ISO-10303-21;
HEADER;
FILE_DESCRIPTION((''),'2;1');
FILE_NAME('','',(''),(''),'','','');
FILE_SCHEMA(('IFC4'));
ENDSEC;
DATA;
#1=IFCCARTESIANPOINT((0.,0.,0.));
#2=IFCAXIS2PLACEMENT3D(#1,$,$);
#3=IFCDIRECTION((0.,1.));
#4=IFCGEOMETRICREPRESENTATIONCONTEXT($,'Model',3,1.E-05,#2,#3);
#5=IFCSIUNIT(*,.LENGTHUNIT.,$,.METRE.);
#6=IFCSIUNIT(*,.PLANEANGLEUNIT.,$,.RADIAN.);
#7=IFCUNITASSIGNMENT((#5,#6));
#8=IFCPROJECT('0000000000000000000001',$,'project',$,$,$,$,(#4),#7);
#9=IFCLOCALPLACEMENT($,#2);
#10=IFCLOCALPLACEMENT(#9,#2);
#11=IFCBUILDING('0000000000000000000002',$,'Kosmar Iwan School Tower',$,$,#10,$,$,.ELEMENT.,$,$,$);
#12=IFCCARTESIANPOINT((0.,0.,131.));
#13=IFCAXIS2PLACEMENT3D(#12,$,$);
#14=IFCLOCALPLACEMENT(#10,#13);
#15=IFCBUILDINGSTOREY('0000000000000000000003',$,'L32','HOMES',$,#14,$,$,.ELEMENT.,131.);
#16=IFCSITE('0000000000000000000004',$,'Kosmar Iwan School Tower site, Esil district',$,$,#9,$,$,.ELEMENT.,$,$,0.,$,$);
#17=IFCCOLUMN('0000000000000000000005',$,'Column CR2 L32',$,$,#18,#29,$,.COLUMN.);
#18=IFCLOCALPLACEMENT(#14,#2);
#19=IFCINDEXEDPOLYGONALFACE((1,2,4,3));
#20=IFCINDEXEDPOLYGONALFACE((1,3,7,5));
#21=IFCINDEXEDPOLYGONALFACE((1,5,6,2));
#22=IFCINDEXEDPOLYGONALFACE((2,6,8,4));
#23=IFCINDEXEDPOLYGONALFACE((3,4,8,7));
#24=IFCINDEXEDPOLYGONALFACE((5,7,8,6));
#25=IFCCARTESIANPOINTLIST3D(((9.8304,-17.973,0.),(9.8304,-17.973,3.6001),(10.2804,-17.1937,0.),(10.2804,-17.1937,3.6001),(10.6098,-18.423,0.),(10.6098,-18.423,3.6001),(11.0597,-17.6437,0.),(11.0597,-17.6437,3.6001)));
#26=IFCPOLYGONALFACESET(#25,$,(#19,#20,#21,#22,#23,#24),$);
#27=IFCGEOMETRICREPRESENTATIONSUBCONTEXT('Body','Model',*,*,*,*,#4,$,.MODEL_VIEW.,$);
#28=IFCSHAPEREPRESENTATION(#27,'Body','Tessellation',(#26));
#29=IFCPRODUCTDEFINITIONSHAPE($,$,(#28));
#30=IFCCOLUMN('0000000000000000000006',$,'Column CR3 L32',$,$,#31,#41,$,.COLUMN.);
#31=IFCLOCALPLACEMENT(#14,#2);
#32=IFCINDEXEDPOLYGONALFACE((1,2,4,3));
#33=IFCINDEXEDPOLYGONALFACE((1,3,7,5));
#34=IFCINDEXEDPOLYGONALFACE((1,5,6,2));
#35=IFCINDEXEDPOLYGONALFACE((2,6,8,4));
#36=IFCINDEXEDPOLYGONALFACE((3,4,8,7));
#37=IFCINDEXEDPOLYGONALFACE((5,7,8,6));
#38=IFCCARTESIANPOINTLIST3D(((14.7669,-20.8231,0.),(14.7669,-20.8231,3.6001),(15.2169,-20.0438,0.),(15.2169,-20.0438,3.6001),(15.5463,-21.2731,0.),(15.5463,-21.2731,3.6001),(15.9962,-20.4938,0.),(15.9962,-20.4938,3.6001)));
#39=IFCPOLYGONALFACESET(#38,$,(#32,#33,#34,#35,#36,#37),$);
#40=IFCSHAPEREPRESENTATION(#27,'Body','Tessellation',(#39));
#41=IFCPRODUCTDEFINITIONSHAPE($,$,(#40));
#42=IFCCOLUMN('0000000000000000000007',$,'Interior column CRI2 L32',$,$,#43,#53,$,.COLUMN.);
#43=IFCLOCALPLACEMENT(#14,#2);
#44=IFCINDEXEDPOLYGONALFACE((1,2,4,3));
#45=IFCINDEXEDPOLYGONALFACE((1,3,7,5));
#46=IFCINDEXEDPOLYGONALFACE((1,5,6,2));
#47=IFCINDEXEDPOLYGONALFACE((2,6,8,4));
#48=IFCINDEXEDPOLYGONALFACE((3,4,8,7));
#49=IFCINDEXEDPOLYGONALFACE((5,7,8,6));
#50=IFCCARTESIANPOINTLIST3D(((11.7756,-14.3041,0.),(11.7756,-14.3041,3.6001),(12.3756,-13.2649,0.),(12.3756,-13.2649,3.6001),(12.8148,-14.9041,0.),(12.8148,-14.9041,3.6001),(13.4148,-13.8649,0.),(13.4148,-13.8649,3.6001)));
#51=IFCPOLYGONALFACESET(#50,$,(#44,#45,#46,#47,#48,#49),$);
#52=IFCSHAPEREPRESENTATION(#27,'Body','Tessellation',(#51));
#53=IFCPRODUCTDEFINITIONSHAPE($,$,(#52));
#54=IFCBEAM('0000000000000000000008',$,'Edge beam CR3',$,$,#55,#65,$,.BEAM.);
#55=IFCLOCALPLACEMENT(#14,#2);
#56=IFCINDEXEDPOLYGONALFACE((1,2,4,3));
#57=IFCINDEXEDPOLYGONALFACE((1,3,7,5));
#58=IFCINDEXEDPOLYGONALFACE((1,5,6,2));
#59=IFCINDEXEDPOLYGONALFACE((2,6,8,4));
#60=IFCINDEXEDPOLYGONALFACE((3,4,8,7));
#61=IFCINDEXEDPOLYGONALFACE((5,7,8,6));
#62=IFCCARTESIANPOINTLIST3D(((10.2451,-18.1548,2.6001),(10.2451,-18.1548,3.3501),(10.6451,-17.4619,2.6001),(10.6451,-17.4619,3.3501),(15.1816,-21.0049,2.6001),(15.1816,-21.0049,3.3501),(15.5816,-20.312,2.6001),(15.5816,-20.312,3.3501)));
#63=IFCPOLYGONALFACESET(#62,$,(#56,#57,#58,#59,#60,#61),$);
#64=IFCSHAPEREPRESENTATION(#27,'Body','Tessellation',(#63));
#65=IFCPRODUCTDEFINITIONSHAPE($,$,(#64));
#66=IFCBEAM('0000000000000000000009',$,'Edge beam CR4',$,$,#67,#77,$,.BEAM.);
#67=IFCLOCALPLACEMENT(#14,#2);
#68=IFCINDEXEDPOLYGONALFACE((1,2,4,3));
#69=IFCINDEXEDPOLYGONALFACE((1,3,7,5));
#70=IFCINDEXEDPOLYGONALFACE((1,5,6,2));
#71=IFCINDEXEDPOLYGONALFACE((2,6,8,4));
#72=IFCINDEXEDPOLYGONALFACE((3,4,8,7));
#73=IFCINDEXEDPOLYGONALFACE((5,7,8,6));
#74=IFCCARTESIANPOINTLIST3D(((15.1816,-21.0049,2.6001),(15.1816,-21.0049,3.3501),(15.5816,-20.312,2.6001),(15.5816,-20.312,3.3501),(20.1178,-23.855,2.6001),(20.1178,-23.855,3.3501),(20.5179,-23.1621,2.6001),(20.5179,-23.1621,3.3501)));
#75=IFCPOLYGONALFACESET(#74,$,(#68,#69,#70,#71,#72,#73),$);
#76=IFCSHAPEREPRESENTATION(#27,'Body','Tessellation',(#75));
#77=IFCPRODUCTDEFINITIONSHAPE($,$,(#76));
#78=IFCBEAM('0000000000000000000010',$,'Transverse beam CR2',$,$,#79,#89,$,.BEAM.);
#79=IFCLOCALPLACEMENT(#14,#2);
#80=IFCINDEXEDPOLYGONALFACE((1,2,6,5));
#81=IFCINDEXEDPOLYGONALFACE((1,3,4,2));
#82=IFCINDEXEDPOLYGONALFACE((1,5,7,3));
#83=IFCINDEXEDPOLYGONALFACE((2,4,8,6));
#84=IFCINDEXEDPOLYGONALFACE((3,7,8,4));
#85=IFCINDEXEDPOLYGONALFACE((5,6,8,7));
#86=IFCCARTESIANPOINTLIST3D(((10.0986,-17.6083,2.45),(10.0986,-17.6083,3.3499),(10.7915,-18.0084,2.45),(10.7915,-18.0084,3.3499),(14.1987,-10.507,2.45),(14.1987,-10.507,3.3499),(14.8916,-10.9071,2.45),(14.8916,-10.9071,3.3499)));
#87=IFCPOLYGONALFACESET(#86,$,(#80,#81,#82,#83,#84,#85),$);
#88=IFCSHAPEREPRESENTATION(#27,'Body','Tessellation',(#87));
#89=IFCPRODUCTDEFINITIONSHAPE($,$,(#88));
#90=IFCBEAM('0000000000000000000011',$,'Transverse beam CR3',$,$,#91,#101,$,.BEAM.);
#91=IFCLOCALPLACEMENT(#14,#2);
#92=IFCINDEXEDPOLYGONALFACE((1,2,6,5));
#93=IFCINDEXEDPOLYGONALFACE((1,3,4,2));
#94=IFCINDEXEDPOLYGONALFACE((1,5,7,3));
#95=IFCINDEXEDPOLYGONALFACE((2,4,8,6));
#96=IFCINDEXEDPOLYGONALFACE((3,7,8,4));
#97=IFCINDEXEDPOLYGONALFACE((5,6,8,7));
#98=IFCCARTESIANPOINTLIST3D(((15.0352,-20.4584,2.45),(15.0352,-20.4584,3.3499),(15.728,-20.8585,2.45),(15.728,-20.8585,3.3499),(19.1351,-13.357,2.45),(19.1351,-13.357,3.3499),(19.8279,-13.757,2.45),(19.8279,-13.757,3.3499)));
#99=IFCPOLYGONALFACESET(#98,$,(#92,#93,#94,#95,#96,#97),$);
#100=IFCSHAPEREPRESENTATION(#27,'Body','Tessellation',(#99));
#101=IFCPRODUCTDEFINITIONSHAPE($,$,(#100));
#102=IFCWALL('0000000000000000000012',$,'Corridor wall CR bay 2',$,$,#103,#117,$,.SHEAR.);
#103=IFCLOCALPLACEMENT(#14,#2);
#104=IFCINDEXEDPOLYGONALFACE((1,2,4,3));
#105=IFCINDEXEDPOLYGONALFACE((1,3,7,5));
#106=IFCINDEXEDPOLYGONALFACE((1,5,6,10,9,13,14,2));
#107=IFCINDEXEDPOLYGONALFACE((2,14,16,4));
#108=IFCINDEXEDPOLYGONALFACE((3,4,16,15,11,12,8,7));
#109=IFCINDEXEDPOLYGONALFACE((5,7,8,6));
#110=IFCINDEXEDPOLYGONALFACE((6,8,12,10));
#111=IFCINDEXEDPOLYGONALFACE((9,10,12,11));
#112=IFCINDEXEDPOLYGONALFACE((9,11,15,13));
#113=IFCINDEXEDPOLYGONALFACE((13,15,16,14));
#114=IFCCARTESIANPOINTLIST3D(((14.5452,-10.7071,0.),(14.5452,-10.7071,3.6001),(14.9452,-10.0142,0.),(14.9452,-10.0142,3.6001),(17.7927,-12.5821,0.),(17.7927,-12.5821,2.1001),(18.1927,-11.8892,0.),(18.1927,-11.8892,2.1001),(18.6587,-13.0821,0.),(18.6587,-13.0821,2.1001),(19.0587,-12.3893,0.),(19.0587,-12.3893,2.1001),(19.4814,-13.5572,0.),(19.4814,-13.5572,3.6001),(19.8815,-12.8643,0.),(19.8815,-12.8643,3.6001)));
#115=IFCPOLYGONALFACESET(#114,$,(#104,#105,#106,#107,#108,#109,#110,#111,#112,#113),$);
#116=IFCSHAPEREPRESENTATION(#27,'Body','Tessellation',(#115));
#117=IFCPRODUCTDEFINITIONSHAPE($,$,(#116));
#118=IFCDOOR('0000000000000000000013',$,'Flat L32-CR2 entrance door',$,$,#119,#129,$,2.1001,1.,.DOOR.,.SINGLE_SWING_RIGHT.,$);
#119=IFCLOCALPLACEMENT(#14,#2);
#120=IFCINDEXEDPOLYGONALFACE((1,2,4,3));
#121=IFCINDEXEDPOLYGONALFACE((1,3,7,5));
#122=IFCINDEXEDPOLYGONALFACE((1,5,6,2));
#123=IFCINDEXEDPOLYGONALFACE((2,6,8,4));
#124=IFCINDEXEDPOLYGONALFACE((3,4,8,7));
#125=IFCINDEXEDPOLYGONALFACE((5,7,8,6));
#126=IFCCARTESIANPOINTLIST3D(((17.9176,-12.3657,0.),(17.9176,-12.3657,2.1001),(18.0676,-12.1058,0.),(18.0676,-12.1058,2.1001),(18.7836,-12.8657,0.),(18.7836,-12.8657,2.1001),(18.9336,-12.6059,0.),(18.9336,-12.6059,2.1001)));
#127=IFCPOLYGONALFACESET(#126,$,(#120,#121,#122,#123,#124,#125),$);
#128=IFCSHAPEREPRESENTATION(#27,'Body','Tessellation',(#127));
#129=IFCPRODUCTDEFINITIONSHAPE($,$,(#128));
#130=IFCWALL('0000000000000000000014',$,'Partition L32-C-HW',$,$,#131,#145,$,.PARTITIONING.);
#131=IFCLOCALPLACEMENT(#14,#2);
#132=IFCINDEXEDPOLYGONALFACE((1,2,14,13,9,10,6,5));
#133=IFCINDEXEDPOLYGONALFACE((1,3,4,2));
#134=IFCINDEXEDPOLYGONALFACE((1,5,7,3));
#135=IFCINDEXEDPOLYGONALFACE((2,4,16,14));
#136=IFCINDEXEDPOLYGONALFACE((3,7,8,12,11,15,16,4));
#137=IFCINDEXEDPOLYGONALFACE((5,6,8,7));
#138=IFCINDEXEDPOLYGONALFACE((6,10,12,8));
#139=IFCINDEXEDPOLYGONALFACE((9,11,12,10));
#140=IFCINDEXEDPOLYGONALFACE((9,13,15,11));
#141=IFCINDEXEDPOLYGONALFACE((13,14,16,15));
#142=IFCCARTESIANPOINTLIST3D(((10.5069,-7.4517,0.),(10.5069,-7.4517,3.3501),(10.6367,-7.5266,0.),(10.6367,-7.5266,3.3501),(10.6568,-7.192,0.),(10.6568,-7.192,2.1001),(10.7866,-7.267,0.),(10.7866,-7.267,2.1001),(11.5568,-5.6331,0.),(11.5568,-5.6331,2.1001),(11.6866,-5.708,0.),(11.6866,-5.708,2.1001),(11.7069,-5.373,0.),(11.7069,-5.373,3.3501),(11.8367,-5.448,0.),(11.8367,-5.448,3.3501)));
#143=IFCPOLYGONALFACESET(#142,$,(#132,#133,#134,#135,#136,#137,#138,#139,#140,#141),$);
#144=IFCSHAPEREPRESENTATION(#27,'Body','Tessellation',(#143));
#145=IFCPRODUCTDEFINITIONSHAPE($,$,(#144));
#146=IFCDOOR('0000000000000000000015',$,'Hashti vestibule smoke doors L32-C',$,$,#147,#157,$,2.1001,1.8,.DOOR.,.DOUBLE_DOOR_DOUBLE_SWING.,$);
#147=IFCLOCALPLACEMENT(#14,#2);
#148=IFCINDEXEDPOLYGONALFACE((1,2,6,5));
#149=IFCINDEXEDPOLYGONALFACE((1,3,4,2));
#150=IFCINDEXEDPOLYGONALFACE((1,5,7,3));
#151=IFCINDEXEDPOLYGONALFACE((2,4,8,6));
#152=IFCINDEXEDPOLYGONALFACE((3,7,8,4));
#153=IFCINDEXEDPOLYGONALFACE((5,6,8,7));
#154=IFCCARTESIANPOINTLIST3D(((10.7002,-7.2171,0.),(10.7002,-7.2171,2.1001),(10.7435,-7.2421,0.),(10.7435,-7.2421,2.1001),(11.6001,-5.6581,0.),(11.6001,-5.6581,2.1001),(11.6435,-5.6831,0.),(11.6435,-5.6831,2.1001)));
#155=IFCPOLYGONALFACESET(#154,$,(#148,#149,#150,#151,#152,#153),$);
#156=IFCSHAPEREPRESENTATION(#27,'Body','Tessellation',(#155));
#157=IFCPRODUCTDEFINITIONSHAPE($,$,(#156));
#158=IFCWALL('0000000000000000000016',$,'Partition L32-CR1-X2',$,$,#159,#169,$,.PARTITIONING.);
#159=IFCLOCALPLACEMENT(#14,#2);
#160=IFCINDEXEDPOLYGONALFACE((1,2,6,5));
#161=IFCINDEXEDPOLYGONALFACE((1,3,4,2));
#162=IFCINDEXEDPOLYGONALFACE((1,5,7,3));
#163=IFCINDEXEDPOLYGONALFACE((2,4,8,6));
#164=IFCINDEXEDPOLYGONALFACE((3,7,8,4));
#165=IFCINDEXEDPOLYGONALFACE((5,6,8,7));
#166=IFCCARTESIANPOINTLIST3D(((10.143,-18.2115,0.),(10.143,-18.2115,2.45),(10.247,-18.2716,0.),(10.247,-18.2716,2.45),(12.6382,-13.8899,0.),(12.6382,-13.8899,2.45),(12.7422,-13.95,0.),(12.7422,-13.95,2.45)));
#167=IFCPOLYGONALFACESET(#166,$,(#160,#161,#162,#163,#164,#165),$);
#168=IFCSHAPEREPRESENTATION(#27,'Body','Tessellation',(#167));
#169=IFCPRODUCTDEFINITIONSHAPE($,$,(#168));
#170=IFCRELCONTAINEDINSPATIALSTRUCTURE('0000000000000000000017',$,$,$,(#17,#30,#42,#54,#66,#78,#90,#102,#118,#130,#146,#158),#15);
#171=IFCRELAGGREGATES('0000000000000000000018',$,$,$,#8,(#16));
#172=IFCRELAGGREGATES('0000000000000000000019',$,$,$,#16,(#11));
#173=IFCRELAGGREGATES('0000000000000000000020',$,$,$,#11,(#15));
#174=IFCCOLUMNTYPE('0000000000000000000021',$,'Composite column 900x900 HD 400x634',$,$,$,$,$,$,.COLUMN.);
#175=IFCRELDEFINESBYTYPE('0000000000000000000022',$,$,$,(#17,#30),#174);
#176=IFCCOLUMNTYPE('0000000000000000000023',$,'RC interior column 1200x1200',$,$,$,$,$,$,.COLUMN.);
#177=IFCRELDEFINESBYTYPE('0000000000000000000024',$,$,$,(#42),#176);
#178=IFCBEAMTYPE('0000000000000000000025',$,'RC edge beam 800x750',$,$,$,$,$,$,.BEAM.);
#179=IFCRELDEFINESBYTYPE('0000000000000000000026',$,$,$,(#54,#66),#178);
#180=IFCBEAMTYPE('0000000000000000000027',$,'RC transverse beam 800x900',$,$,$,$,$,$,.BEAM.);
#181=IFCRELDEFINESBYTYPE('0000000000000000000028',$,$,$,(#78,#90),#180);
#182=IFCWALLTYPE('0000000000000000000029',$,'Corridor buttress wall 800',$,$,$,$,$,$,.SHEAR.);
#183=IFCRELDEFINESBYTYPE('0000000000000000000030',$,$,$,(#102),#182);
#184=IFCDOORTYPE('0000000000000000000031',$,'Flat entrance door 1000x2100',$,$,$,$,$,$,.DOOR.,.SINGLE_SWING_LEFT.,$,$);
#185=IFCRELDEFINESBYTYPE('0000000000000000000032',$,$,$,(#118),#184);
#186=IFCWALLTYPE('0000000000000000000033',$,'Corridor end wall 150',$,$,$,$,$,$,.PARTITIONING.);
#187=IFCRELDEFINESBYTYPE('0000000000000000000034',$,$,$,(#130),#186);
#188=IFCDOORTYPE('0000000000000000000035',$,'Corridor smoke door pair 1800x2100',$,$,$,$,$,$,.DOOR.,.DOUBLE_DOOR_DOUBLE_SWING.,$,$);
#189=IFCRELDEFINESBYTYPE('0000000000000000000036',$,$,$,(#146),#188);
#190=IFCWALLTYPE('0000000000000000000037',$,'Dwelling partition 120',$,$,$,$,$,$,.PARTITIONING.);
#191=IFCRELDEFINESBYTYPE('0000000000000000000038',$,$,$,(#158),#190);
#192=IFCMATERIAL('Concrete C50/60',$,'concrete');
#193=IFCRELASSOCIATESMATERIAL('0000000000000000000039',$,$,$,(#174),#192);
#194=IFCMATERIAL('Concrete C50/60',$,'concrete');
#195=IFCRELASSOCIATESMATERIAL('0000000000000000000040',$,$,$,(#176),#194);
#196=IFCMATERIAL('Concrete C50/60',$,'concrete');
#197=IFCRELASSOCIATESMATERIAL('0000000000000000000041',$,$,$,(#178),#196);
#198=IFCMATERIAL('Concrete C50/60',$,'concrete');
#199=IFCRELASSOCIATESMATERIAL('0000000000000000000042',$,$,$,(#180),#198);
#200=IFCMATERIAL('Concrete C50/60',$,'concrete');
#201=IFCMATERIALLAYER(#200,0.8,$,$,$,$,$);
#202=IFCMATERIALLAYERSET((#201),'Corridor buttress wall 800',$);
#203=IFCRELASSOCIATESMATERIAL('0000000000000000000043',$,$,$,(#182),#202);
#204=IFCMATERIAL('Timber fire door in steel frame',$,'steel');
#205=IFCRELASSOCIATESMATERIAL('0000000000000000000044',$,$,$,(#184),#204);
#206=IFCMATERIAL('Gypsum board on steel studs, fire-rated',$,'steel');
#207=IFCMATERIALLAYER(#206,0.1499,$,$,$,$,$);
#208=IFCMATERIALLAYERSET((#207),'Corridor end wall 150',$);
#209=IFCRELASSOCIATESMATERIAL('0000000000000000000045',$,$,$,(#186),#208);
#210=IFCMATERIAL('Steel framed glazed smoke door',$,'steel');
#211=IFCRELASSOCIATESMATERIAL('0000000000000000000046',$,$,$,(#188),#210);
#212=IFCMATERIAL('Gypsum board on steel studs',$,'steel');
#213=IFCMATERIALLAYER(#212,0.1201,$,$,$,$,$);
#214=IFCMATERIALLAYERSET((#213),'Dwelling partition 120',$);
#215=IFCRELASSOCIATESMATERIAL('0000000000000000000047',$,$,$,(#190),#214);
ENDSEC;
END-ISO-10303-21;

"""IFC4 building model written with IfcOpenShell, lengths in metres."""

from ifc_helpers import new_model, si_unit, direction, frame, frame_2d, origin, origin_2d, place, context, subcontext, project, spatial, rectangle, extrude, material, layer, layer_set, material_profile, profile_set, type_object, element, fill, save


model = new_model("IFC4")

# Units and contexts
model_context = context("Model", 3, precision=1e-05, world=origin(), true_north=direction((0.0, 1.0)))
body_context = subcontext(model_context, "Body", "Model", "MODEL_VIEW")
ifc_project = project(units=[si_unit("LENGTHUNIT", "METRE"), si_unit("PLANEANGLEUNIT", "RADIAN")], contexts=[model_context])

# Site, building, storey
site_placement = place(None, origin())
site = spatial("IfcSite", under=ifc_project, at=site_placement, Name="Kosmar Iwan School Tower site, Esil district", CompositionType="ELEMENT", RefElevation=0.0)
building_placement = place(site_placement, origin())
building = spatial("IfcBuilding", under=site, at=building_placement, Name="Kosmar Iwan School Tower", CompositionType="ELEMENT")
storey_placement = place(building_placement, frame((0.0, 0.0, 131.0)))
storey = spatial("IfcBuildingStorey", under=building, at=storey_placement, Name="L32", Description="HOMES", CompositionType="ELEMENT", Elevation=131.0)

# Columns
ifc_material_1 = material(Name="Concrete C50/60", Category="concrete")
ifc_material_profile_1 = material_profile(ifc_material_1, rectangle(XDim=0.8999, YDim=0.8999, at=origin_2d()), Name="RC 900x900 + HD 400x634")
ifc_profile_set_1 = profile_set([ifc_material_profile_1], Name="Concrete C50/60")
column_type_1 = type_object("IfcColumnType", Name="Composite column 900x900 HD 400x634", PredefinedType="COLUMN", material=ifc_profile_set_1)
for number, where, z_axis, x_axis, name in (
    (1, (10.4451, -17.8083, 0.0), (0.0, 0.0, 1.0), (0.866025, -0.5, 0.0), "Column CR2 L32"),
    (2, (15.3816, -20.6584, 0.0), (0.0, 0.0, 1.0), (0.866025, -0.5, 0.0), "Column CR3 L32"),
):
    element("IfcColumn", number, at=place(storey_placement, frame(where, z_axis=z_axis, x_axis=x_axis)), inside=storey, type_object=column_type_1, Name=name, PredefinedType="COLUMN", context=body_context, shape_type="SweptSolid", body=[
        extrude(rectangle(XDim=0.8999, YDim=0.8999, at=origin_2d()), origin(), (0.0, 0.0, 1.0), 3.6001),
    ])
ifc_material_2 = material(Name="Concrete C50/60", Category="concrete")
ifc_material_profile_2 = material_profile(ifc_material_2, rectangle(XDim=1.2, YDim=1.2, at=origin_2d()), Name="RC 1200x1200")
ifc_profile_set_2 = profile_set([ifc_material_profile_2], Name="Concrete C50/60")
column_type_2 = type_object("IfcColumnType", Name="RC interior column 1200x1200", PredefinedType="COLUMN", material=ifc_profile_set_2)
column_placement = place(storey_placement, frame((12.5952, -14.0845, 0.0), z_axis=(0.0, 0.0, 1.0), x_axis=(0.866025, -0.5, 0.0)))
element("IfcColumn", 3, at=column_placement, inside=storey, type_object=column_type_2, Name="Interior column CRI2 L32", PredefinedType="COLUMN", context=body_context, shape_type="SweptSolid", body=[
    extrude(rectangle(XDim=1.2, YDim=1.2, at=origin_2d()), origin(), (0.0, 0.0, 1.0), 3.6001),
])

# Beams
ifc_material_3 = material(Name="Concrete C50/60", Category="concrete")
ifc_material_profile_3 = material_profile(ifc_material_3, rectangle(XDim=0.8, YDim=0.75, at=origin_2d()), Name="RC 800x750")
ifc_profile_set_3 = profile_set([ifc_material_profile_3], Name="Concrete C50/60")
beam_type_1 = type_object("IfcBeamType", Name="RC edge beam 800x750", PredefinedType="BEAM", material=ifc_profile_set_3)
beam_1_placement = place(storey_placement, frame((10.4451, -17.8083, 2.9751), z_axis=(0.866026, -0.499999, 0.0), x_axis=(0.499999, 0.866026, 0.0)))
element("IfcBeam", 4, at=beam_1_placement, inside=storey, type_object=beam_type_1, Name="Edge beam CR3", PredefinedType="BEAM", context=body_context, shape_type="SweptSolid", body=[
    extrude(rectangle(XDim=0.8, YDim=0.75, at=origin_2d()), origin(), (0.0, 0.0, 1.0), 5.7002),
])
beam_2_placement = place(storey_placement, frame((15.3816, -20.6584, 2.9751), z_axis=(0.866015, -0.500018, 0.0), x_axis=(0.500018, 0.866015, 0.0)))
element("IfcBeam", 5, at=beam_2_placement, inside=storey, type_object=beam_type_1, Name="Edge beam CR4", PredefinedType="BEAM", context=body_context, shape_type="SweptSolid", body=[
    extrude(rectangle(XDim=0.8, YDim=0.75, at=origin_2d()), origin(), (0.0, 0.0, 1.0), 5.7),
])
ifc_material_4 = material(Name="Concrete C50/60", Category="concrete")
ifc_material_profile_4 = material_profile(ifc_material_4, rectangle(XDim=0.8, YDim=0.8999, at=origin_2d()), Name="RC 800x900")
ifc_profile_set_4 = profile_set([ifc_material_profile_4], Name="Concrete C50/60")
beam_type_2 = type_object("IfcBeamType", Name="RC transverse beam 800x900", PredefinedType="BEAM", material=ifc_profile_set_4)
for number, where, z_axis, x_axis, name in (
    (6, (10.4451, -17.8083, 2.8999), (0.500014, 0.866018, 0.0), (-0.866018, 0.500014, 0.0), "Transverse beam CR2"),
    (7, (15.3816, -20.6584, 2.8999), (0.499991, 0.86603, 0.0), (-0.86603, 0.499991, 0.0), "Transverse beam CR3"),
):
    element("IfcBeam", number, at=place(storey_placement, frame(where, z_axis=z_axis, x_axis=x_axis)), inside=storey, type_object=beam_type_2, Name=name, PredefinedType="BEAM", context=body_context, shape_type="SweptSolid", body=[
        extrude(rectangle(XDim=0.8, YDim=0.8999, at=origin_2d()), origin(), (0.0, 0.0, 1.0), 8.2),
    ])

# Walls, openings, doors
ifc_material_5 = material(Name="Concrete C50/60", Category="concrete")
ifc_layer_1 = layer(ifc_material_5, 0.8)
ifc_layer_set_1 = layer_set([ifc_layer_1], Name="Corridor buttress wall 800")
wall_type_1 = type_object("IfcWallType", Name="Corridor buttress wall 800", PredefinedType="SHEAR", material=ifc_layer_set_1)
wall_1_placement = place(storey_placement, frame((14.7451, -10.3606, 0.0), z_axis=(0.0, 0.0, 1.0), x_axis=(0.866015, -0.500018, 0.0)))
wall_1 = element("IfcWall", 8, at=wall_1_placement, inside=storey, type_object=wall_type_1, Name="Corridor wall CR bay 2", PredefinedType="SHEAR", context=body_context, shape_type="SweptSolid", body=[
    extrude(rectangle(XDim=5.7, YDim=0.8, at=frame_2d((2.8501, 0.0))), origin(), (0.0, 0.0, 1.0), 3.6001),
])
opening_1_placement = place(wall_1_placement, frame((3.75, 0.0, 0.0)))
opening_1 = element("IfcOpeningElement", 9, at=opening_1_placement, cuts=wall_1, PredefinedType="OPENING", context=body_context, shape_type="SweptSolid", body=[
    extrude(rectangle(XDim=1.0, YDim=2.1001, at=frame_2d((0.5, 1.05))), frame((0.0, 0.4121, 0.0), z_axis=(0.0, -1.0, 0.0), x_axis=(1.0, 0.0, 0.0)), (0.0, 0.0, 1.0), 0.824),
])
ifc_material_6 = material(Name="Timber fire door in steel frame", Category="steel")
door_type_1 = type_object("IfcDoorType", Name="Flat entrance door 1000x2100", OperationType="SINGLE_SWING_LEFT", PredefinedType="DOOR", material=ifc_material_6)
door_1_placement = place(opening_1_placement, origin())
door_1 = element("IfcDoor", 10, at=door_1_placement, inside=storey, type_object=door_type_1, Name="Flat L32-CR2 entrance door", OperationType="SINGLE_SWING_RIGHT", OverallHeight=2.1001, OverallWidth=1.0, PredefinedType="DOOR", context=body_context, shape_type="SweptSolid", body=[
    extrude(rectangle(XDim=1.0, YDim=2.1001, at=frame_2d((0.5, 1.05))), frame((0.0, 0.1499, 0.0), z_axis=(0.0, -1.0, 0.0), x_axis=(1.0, 0.0, 0.0)), (0.0, 0.0, 1.0), 0.3),
])
fill(opening_1, door_1)
ifc_material_7 = material(Name="Gypsum board on steel studs, fire-rated", Category="steel")
ifc_layer_2 = layer(ifc_material_7, 0.1499)
ifc_layer_set_2 = layer_set([ifc_layer_2], Name="Corridor end wall 150")
wall_type_2 = type_object("IfcWallType", Name="Corridor end wall 150", PredefinedType="PARTITIONING", material=ifc_layer_set_2)
wall_2_placement = place(storey_placement, frame((10.5718, -7.4893, 0.0), z_axis=(0.0, 0.0, 1.0), x_axis=(0.499957, 0.86605, 0.0)))
wall_2 = element("IfcWall", 11, at=wall_2_placement, inside=storey, type_object=wall_type_2, Name="Partition L32-C-HW", PredefinedType="PARTITIONING", context=body_context, shape_type="SweptSolid", body=[
    extrude(rectangle(XDim=2.4001, YDim=0.1499, at=frame_2d((1.2002, 0.0))), origin(), (0.0, 0.0, 1.0), 3.3501),
])
opening_2_placement = place(wall_2_placement, frame((0.3, 0.0, 0.0)))
opening_2 = element("IfcOpeningElement", 12, at=opening_2_placement, cuts=wall_2, PredefinedType="OPENING", context=body_context, shape_type="SweptSolid", body=[
    extrude(rectangle(XDim=1.8, YDim=2.1001, at=frame_2d((0.8999, 1.05))), frame((0.0, 0.0869, 0.0), z_axis=(0.0, -1.0, 0.0), x_axis=(1.0, 0.0, 0.0)), (0.0, 0.0, 1.0), 0.1738),
])
ifc_material_8 = material(Name="Steel framed glazed smoke door", Category="steel")
door_type_2 = type_object("IfcDoorType", Name="Corridor smoke door pair 1800x2100", OperationType="DOUBLE_DOOR_DOUBLE_SWING", PredefinedType="DOOR", material=ifc_material_8)
door_2_placement = place(opening_2_placement, origin())
door_2 = element("IfcDoor", 13, at=door_2_placement, inside=storey, type_object=door_type_2, Name="Hashti vestibule smoke doors L32-C", OperationType="DOUBLE_DOOR_DOUBLE_SWING", OverallHeight=2.1001, OverallWidth=1.8, PredefinedType="DOOR", context=body_context, shape_type="SweptSolid", body=[
    extrude(rectangle(XDim=1.8, YDim=2.1001, at=frame_2d((0.8999, 1.05))), frame((0.0, 0.0249, 0.0), z_axis=(0.0, -1.0, 0.0), x_axis=(1.0, 0.0, 0.0)), (0.0, 0.0, 1.0), 0.05),
])
fill(opening_2, door_2)

# Wall
ifc_material_9 = material(Name="Gypsum board on steel studs", Category="steel")
ifc_layer_3 = layer(ifc_material_9, 0.1201)
ifc_layer_set_3 = layer_set([ifc_layer_3], Name="Dwelling partition 120")
wall_type_3 = type_object("IfcWallType", Name="Dwelling partition 120", PredefinedType="PARTITIONING", material=ifc_layer_set_3)
wall_3_placement = place(storey_placement, frame((12.6902, -13.9199, 0.0), z_axis=(0.0, 0.0, 1.0), x_axis=(-0.500012, -0.866019, 0.0)))
element("IfcWall", 14, at=wall_3_placement, inside=storey, type_object=wall_type_3, Name="Partition L32-CR1-X2", PredefinedType="PARTITIONING", context=body_context, shape_type="SweptSolid", body=[
    extrude(rectangle(XDim=4.9902, YDim=0.1201, at=frame_2d((2.4951, 0.0))), origin(), (0.0, 0.0, 1.0), 2.45),
])

save(model, "model.ifc")
